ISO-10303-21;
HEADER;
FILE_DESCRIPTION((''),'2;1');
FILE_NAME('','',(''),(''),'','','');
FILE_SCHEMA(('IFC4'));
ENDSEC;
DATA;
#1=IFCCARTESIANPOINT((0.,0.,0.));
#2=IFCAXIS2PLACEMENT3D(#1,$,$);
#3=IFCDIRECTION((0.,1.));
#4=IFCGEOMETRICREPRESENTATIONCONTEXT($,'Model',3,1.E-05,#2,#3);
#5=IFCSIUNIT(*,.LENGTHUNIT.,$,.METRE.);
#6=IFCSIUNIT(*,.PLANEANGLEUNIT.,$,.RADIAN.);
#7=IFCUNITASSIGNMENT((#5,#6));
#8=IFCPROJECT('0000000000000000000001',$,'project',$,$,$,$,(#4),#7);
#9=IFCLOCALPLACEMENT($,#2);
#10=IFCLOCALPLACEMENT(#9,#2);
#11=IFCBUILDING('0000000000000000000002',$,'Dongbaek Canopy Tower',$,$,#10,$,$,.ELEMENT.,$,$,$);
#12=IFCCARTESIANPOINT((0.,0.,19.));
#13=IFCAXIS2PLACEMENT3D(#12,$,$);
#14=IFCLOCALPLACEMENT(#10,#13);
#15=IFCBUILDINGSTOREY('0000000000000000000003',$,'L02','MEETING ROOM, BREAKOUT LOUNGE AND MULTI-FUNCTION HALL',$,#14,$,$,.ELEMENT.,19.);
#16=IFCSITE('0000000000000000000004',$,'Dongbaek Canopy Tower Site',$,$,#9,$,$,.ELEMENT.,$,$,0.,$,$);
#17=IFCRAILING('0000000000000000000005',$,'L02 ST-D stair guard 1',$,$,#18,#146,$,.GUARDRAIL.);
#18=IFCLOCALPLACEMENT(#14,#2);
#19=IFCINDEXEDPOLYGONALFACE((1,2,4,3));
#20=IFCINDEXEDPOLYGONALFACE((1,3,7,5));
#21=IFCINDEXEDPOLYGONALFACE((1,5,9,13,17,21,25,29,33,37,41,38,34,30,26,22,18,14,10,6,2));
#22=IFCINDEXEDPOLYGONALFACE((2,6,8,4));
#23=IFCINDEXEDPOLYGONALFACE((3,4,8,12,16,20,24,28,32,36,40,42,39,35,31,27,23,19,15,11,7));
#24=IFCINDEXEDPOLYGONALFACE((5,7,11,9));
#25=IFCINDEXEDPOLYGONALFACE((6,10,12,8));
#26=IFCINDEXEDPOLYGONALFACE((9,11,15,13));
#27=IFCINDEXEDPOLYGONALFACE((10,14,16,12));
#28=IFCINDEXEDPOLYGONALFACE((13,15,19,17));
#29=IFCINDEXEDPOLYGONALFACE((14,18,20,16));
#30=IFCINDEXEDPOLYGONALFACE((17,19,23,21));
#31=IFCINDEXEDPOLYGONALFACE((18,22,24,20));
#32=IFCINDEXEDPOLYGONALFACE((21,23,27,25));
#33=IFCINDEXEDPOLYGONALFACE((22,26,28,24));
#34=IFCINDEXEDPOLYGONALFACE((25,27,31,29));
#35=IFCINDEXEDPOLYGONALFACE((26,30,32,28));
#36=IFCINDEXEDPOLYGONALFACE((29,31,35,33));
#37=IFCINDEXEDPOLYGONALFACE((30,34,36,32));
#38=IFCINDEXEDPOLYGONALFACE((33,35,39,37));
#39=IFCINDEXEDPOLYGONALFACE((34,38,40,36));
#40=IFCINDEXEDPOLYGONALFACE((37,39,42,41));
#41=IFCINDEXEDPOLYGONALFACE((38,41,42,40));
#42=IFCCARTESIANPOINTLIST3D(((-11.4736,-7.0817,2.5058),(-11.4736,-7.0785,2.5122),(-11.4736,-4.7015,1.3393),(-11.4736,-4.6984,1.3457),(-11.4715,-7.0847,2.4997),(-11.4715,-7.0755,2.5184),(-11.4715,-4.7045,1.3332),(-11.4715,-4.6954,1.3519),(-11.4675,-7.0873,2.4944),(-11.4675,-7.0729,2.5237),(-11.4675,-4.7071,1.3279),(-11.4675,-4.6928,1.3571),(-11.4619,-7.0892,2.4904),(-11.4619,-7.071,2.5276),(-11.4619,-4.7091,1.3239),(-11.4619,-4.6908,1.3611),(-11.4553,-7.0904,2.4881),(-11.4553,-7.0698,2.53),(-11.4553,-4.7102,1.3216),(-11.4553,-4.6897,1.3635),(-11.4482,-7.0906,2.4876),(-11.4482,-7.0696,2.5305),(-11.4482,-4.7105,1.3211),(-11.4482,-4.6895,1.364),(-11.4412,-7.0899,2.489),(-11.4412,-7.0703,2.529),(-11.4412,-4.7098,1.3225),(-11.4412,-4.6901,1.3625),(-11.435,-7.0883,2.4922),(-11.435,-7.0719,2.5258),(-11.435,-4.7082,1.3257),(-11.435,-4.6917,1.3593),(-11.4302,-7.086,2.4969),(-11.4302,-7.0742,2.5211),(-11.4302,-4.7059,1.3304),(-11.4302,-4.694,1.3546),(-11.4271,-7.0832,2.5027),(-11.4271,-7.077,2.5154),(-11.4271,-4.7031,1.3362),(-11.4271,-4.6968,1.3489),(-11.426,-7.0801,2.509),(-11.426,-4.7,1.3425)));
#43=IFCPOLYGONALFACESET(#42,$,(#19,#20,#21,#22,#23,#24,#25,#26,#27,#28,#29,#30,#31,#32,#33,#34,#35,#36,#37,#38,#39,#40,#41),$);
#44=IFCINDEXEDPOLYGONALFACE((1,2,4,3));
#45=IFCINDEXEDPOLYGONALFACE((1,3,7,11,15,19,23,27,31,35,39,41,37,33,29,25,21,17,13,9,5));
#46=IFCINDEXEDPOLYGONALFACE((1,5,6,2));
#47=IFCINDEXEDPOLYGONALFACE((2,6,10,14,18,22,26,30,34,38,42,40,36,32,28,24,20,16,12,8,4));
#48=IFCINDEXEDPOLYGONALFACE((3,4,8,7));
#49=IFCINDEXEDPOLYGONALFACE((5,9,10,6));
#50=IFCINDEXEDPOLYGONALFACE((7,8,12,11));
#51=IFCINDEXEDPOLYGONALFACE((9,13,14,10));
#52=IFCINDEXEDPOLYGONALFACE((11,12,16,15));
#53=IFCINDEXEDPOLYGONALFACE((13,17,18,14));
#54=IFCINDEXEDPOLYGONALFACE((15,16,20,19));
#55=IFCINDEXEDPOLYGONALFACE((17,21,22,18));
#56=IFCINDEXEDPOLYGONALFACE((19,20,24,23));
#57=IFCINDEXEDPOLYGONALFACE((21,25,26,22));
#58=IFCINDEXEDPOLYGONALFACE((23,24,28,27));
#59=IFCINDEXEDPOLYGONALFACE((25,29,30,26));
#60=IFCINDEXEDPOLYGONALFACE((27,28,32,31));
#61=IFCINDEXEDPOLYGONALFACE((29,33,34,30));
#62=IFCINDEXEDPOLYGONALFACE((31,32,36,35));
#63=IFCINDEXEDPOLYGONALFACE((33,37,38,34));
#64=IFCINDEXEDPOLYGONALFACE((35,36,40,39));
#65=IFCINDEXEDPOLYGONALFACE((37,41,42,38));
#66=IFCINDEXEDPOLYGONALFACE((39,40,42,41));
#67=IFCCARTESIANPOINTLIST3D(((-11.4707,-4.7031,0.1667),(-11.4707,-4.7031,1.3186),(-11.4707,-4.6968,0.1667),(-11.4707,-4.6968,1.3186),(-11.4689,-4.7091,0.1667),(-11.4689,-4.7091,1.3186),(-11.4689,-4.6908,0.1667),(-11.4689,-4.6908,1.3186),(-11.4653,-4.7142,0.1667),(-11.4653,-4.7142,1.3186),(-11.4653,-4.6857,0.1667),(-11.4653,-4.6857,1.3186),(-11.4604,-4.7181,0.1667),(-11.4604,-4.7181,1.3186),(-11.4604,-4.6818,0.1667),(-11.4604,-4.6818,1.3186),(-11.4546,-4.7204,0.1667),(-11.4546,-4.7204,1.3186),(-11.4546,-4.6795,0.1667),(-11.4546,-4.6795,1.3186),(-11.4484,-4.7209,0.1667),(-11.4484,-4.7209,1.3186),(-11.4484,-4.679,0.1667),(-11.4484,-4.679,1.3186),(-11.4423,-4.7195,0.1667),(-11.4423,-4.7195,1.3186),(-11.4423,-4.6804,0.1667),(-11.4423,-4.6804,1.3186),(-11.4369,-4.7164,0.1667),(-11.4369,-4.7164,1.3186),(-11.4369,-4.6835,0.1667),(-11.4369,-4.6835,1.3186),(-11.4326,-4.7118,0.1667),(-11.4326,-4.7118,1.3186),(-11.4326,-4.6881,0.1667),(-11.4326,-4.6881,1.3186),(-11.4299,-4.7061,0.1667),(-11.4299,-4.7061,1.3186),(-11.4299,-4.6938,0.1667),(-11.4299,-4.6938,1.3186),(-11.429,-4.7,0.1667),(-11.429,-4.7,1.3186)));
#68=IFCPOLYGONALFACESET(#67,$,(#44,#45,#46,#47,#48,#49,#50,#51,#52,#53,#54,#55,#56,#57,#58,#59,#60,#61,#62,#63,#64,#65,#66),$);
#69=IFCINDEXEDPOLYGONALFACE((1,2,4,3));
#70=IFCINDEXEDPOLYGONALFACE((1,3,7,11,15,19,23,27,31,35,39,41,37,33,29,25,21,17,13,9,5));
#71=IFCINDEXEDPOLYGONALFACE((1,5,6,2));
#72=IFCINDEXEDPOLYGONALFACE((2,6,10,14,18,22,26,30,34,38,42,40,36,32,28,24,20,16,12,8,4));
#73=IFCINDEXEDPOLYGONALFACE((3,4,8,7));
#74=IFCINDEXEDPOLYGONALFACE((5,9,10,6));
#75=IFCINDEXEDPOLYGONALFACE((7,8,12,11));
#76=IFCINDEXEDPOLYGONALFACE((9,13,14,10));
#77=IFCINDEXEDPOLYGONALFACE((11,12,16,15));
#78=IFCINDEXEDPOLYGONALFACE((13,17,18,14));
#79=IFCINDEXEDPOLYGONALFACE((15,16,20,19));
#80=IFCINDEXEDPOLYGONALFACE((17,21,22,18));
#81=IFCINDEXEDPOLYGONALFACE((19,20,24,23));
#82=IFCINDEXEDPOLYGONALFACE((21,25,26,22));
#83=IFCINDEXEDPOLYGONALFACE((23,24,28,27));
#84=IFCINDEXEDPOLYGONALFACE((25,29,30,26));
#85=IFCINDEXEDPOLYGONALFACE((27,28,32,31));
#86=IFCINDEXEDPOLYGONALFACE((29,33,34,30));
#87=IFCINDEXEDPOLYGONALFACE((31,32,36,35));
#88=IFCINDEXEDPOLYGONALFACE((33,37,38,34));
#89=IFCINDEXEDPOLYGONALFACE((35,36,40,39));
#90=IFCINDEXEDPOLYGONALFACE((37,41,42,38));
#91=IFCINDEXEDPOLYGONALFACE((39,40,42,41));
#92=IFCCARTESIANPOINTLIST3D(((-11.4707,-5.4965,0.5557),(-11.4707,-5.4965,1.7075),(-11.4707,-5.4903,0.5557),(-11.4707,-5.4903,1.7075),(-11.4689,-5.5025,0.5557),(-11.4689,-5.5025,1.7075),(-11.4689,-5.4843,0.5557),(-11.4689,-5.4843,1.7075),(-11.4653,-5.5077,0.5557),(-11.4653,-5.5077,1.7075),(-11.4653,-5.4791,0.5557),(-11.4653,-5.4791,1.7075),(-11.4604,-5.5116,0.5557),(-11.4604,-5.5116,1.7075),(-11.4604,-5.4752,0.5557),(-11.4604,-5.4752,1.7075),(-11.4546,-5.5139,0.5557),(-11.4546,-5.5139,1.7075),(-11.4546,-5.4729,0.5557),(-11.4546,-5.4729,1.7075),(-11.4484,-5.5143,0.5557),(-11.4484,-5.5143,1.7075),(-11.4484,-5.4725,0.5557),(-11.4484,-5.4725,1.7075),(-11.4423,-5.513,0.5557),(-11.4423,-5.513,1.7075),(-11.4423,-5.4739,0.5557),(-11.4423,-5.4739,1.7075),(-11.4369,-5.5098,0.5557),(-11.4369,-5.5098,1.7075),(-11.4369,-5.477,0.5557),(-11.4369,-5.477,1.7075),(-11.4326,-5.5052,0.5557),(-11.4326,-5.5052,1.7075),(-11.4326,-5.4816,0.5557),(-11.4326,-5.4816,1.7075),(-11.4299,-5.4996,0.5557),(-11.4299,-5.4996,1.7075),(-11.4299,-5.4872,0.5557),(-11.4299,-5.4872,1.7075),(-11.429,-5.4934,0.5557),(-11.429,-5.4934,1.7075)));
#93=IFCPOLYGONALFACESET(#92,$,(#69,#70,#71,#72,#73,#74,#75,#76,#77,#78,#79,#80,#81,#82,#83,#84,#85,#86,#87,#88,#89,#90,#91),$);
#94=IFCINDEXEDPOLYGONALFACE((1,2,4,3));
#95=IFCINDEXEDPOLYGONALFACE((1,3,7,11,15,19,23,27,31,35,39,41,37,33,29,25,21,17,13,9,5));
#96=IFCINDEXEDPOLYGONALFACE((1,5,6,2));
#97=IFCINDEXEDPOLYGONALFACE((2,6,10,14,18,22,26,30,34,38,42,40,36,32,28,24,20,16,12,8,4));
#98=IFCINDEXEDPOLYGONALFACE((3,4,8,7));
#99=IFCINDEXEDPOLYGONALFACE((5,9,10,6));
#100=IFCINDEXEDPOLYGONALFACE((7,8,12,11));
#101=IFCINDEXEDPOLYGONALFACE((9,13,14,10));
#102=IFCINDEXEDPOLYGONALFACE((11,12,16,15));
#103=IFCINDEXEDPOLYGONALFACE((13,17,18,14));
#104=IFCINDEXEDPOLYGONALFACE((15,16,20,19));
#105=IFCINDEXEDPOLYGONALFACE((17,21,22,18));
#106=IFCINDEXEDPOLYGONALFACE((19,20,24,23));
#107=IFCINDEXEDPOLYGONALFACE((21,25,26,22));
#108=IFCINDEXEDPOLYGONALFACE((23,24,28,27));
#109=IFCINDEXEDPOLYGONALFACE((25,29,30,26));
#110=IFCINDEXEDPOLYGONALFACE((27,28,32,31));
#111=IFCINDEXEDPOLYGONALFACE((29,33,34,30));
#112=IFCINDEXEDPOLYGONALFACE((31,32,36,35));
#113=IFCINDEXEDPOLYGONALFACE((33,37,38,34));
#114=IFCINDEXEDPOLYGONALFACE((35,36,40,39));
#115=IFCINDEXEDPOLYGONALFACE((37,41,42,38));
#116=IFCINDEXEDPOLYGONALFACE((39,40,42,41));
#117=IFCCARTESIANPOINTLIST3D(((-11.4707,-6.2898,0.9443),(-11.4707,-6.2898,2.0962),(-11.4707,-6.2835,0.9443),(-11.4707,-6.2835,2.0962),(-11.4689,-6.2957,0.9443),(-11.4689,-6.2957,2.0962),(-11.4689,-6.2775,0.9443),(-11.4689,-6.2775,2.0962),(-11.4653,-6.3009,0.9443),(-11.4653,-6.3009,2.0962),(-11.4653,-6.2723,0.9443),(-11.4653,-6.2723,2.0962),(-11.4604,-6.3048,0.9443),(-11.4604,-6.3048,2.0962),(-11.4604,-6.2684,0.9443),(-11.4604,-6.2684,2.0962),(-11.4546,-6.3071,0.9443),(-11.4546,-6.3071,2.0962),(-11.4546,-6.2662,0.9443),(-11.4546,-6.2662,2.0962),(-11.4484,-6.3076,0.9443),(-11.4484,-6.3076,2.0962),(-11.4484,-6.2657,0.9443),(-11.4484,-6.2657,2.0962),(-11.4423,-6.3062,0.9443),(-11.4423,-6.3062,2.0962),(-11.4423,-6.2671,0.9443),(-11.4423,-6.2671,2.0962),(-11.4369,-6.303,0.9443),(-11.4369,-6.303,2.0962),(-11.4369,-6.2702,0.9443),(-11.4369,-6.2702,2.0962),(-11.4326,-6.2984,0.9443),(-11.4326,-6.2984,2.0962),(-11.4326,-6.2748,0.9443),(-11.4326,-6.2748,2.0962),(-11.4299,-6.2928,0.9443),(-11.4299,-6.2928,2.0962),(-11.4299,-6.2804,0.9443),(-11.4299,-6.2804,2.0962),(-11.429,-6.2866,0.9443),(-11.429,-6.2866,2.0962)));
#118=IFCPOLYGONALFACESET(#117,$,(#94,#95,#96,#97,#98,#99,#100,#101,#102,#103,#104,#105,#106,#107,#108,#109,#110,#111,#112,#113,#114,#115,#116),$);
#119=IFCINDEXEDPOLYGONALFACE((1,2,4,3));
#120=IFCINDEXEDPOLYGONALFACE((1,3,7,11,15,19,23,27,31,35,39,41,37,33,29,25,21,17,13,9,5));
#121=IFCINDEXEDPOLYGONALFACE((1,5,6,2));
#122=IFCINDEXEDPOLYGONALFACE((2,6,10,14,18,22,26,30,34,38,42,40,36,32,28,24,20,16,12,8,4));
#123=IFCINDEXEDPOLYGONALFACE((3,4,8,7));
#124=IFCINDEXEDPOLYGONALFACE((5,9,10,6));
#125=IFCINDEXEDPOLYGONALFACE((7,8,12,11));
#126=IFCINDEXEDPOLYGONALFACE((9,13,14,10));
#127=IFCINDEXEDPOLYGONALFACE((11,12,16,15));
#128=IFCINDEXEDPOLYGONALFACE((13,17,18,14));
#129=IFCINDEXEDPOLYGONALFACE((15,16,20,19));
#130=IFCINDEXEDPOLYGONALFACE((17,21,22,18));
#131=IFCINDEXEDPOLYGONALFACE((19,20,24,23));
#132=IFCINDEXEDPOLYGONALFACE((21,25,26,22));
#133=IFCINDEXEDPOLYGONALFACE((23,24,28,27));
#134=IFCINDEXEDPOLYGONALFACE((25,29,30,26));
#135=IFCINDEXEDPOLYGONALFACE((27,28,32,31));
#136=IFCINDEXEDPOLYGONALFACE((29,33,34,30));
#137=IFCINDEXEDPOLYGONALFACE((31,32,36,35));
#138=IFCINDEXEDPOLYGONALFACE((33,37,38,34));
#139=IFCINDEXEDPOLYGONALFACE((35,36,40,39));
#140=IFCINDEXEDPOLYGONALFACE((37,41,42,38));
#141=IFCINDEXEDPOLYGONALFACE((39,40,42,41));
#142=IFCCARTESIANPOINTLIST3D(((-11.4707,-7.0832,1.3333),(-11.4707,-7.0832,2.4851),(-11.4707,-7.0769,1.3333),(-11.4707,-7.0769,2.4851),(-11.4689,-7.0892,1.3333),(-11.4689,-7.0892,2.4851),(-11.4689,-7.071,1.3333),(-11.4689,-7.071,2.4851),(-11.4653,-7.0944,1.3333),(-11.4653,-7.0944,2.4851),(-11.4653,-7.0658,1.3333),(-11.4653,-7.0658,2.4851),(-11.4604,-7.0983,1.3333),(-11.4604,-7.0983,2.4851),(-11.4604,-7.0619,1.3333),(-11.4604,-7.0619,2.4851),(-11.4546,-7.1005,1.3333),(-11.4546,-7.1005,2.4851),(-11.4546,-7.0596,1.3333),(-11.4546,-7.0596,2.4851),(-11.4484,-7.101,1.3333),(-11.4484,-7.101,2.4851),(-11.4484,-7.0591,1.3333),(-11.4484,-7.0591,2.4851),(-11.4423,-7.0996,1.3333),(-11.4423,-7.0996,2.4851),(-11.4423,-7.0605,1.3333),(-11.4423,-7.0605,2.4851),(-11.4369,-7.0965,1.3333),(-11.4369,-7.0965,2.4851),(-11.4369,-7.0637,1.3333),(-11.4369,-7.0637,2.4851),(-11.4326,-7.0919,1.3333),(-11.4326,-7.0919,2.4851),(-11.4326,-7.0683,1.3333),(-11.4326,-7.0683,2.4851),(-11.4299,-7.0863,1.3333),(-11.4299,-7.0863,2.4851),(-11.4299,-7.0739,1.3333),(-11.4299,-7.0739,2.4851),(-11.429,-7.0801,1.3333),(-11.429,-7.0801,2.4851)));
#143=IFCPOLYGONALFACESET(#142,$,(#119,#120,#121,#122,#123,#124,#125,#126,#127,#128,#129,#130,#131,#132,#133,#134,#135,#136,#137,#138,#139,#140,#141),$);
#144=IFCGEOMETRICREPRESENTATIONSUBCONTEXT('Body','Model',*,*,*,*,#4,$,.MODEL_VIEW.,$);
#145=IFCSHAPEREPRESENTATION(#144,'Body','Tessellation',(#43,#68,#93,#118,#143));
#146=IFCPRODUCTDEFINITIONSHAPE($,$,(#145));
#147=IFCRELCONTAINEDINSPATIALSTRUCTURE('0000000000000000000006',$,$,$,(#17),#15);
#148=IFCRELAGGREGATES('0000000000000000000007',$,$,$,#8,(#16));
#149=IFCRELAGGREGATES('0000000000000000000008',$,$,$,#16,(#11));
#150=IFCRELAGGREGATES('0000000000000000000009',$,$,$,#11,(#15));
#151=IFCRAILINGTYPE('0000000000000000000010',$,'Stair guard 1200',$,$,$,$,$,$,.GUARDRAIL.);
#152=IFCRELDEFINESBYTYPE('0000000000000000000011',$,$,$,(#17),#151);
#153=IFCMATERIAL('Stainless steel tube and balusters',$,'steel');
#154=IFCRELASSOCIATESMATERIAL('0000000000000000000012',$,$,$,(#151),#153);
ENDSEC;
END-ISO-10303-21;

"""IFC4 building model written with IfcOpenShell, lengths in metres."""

from ifc_helpers import new_model, si_unit, direction, frame, origin, origin_2d, place, context, subcontext, project, spatial, circle, extrude, material, type_object, element, save


model = new_model("IFC4")

# Units and contexts
model_context = context("Model", 3, precision=1e-05, world=origin(), true_north=direction((0.0, 1.0)))
body_context = subcontext(model_context, "Body", "Model", "MODEL_VIEW")
ifc_project = project(units=[si_unit("LENGTHUNIT", "METRE"), si_unit("PLANEANGLEUNIT", "RADIAN")], contexts=[model_context])

# Site, building, storey
site_placement = place(None, origin())
site = spatial("IfcSite", under=ifc_project, at=site_placement, Name="Dongbaek Canopy Tower Site", CompositionType="ELEMENT", RefElevation=0.0)
building_placement = place(site_placement, origin())
building = spatial("IfcBuilding", under=site, at=building_placement, Name="Dongbaek Canopy Tower", CompositionType="ELEMENT")
storey_placement = place(building_placement, frame((0.0, 0.0, 19.0)))
storey = spatial("IfcBuildingStorey", under=building, at=storey_placement, Name="L02", Description="MEETING ROOM, BREAKOUT LOUNGE AND MULTI-FUNCTION HALL", CompositionType="ELEMENT", Elevation=19.0)

# Railing
ifc_material_1 = material(Name="Stainless steel tube and balusters", Category="steel")
railing_type_1 = type_object("IfcRailingType", Name="Stair guard 1200", PredefinedType="GUARDRAIL", material=ifc_material_1)
railing_1_placement = place(storey_placement, frame((-11.45, -4.7, 0.1667)))
element("IfcRailing", 1, at=railing_1_placement, inside=storey, type_object=railing_type_1, Name="L02 ST-D stair guard 1", PredefinedType="GUARDRAIL", context=body_context, shape_type="SweptSolid", body=[
    extrude(circle(Radius=0.0239, at=origin_2d()), frame((0.0, 0.0, 1.1758), z_axis=(0.0, -0.897954, 0.440089), x_axis=(1.0, 0.0, 0.0)), (0.0, 0.0, 1.0), 2.6506),
    extrude(circle(Radius=0.021, at=origin_2d()), origin(), (0.0, 0.0, 1.0), 1.1519),
    extrude(circle(Radius=0.021, at=origin_2d()), frame((0.0, -0.7935, 0.3889)), (0.0, 0.0, 1.0), 1.1519),
    extrude(circle(Radius=0.021, at=origin_2d()), frame((0.0, -1.5867, 0.7776)), (0.0, 0.0, 1.0), 1.1519),
    extrude(circle(Radius=0.021, at=origin_2d()), frame((0.0, -2.3801, 1.1665)), (0.0, 0.0, 1.0), 1.1519),
])

save(model, "model.ifc")
